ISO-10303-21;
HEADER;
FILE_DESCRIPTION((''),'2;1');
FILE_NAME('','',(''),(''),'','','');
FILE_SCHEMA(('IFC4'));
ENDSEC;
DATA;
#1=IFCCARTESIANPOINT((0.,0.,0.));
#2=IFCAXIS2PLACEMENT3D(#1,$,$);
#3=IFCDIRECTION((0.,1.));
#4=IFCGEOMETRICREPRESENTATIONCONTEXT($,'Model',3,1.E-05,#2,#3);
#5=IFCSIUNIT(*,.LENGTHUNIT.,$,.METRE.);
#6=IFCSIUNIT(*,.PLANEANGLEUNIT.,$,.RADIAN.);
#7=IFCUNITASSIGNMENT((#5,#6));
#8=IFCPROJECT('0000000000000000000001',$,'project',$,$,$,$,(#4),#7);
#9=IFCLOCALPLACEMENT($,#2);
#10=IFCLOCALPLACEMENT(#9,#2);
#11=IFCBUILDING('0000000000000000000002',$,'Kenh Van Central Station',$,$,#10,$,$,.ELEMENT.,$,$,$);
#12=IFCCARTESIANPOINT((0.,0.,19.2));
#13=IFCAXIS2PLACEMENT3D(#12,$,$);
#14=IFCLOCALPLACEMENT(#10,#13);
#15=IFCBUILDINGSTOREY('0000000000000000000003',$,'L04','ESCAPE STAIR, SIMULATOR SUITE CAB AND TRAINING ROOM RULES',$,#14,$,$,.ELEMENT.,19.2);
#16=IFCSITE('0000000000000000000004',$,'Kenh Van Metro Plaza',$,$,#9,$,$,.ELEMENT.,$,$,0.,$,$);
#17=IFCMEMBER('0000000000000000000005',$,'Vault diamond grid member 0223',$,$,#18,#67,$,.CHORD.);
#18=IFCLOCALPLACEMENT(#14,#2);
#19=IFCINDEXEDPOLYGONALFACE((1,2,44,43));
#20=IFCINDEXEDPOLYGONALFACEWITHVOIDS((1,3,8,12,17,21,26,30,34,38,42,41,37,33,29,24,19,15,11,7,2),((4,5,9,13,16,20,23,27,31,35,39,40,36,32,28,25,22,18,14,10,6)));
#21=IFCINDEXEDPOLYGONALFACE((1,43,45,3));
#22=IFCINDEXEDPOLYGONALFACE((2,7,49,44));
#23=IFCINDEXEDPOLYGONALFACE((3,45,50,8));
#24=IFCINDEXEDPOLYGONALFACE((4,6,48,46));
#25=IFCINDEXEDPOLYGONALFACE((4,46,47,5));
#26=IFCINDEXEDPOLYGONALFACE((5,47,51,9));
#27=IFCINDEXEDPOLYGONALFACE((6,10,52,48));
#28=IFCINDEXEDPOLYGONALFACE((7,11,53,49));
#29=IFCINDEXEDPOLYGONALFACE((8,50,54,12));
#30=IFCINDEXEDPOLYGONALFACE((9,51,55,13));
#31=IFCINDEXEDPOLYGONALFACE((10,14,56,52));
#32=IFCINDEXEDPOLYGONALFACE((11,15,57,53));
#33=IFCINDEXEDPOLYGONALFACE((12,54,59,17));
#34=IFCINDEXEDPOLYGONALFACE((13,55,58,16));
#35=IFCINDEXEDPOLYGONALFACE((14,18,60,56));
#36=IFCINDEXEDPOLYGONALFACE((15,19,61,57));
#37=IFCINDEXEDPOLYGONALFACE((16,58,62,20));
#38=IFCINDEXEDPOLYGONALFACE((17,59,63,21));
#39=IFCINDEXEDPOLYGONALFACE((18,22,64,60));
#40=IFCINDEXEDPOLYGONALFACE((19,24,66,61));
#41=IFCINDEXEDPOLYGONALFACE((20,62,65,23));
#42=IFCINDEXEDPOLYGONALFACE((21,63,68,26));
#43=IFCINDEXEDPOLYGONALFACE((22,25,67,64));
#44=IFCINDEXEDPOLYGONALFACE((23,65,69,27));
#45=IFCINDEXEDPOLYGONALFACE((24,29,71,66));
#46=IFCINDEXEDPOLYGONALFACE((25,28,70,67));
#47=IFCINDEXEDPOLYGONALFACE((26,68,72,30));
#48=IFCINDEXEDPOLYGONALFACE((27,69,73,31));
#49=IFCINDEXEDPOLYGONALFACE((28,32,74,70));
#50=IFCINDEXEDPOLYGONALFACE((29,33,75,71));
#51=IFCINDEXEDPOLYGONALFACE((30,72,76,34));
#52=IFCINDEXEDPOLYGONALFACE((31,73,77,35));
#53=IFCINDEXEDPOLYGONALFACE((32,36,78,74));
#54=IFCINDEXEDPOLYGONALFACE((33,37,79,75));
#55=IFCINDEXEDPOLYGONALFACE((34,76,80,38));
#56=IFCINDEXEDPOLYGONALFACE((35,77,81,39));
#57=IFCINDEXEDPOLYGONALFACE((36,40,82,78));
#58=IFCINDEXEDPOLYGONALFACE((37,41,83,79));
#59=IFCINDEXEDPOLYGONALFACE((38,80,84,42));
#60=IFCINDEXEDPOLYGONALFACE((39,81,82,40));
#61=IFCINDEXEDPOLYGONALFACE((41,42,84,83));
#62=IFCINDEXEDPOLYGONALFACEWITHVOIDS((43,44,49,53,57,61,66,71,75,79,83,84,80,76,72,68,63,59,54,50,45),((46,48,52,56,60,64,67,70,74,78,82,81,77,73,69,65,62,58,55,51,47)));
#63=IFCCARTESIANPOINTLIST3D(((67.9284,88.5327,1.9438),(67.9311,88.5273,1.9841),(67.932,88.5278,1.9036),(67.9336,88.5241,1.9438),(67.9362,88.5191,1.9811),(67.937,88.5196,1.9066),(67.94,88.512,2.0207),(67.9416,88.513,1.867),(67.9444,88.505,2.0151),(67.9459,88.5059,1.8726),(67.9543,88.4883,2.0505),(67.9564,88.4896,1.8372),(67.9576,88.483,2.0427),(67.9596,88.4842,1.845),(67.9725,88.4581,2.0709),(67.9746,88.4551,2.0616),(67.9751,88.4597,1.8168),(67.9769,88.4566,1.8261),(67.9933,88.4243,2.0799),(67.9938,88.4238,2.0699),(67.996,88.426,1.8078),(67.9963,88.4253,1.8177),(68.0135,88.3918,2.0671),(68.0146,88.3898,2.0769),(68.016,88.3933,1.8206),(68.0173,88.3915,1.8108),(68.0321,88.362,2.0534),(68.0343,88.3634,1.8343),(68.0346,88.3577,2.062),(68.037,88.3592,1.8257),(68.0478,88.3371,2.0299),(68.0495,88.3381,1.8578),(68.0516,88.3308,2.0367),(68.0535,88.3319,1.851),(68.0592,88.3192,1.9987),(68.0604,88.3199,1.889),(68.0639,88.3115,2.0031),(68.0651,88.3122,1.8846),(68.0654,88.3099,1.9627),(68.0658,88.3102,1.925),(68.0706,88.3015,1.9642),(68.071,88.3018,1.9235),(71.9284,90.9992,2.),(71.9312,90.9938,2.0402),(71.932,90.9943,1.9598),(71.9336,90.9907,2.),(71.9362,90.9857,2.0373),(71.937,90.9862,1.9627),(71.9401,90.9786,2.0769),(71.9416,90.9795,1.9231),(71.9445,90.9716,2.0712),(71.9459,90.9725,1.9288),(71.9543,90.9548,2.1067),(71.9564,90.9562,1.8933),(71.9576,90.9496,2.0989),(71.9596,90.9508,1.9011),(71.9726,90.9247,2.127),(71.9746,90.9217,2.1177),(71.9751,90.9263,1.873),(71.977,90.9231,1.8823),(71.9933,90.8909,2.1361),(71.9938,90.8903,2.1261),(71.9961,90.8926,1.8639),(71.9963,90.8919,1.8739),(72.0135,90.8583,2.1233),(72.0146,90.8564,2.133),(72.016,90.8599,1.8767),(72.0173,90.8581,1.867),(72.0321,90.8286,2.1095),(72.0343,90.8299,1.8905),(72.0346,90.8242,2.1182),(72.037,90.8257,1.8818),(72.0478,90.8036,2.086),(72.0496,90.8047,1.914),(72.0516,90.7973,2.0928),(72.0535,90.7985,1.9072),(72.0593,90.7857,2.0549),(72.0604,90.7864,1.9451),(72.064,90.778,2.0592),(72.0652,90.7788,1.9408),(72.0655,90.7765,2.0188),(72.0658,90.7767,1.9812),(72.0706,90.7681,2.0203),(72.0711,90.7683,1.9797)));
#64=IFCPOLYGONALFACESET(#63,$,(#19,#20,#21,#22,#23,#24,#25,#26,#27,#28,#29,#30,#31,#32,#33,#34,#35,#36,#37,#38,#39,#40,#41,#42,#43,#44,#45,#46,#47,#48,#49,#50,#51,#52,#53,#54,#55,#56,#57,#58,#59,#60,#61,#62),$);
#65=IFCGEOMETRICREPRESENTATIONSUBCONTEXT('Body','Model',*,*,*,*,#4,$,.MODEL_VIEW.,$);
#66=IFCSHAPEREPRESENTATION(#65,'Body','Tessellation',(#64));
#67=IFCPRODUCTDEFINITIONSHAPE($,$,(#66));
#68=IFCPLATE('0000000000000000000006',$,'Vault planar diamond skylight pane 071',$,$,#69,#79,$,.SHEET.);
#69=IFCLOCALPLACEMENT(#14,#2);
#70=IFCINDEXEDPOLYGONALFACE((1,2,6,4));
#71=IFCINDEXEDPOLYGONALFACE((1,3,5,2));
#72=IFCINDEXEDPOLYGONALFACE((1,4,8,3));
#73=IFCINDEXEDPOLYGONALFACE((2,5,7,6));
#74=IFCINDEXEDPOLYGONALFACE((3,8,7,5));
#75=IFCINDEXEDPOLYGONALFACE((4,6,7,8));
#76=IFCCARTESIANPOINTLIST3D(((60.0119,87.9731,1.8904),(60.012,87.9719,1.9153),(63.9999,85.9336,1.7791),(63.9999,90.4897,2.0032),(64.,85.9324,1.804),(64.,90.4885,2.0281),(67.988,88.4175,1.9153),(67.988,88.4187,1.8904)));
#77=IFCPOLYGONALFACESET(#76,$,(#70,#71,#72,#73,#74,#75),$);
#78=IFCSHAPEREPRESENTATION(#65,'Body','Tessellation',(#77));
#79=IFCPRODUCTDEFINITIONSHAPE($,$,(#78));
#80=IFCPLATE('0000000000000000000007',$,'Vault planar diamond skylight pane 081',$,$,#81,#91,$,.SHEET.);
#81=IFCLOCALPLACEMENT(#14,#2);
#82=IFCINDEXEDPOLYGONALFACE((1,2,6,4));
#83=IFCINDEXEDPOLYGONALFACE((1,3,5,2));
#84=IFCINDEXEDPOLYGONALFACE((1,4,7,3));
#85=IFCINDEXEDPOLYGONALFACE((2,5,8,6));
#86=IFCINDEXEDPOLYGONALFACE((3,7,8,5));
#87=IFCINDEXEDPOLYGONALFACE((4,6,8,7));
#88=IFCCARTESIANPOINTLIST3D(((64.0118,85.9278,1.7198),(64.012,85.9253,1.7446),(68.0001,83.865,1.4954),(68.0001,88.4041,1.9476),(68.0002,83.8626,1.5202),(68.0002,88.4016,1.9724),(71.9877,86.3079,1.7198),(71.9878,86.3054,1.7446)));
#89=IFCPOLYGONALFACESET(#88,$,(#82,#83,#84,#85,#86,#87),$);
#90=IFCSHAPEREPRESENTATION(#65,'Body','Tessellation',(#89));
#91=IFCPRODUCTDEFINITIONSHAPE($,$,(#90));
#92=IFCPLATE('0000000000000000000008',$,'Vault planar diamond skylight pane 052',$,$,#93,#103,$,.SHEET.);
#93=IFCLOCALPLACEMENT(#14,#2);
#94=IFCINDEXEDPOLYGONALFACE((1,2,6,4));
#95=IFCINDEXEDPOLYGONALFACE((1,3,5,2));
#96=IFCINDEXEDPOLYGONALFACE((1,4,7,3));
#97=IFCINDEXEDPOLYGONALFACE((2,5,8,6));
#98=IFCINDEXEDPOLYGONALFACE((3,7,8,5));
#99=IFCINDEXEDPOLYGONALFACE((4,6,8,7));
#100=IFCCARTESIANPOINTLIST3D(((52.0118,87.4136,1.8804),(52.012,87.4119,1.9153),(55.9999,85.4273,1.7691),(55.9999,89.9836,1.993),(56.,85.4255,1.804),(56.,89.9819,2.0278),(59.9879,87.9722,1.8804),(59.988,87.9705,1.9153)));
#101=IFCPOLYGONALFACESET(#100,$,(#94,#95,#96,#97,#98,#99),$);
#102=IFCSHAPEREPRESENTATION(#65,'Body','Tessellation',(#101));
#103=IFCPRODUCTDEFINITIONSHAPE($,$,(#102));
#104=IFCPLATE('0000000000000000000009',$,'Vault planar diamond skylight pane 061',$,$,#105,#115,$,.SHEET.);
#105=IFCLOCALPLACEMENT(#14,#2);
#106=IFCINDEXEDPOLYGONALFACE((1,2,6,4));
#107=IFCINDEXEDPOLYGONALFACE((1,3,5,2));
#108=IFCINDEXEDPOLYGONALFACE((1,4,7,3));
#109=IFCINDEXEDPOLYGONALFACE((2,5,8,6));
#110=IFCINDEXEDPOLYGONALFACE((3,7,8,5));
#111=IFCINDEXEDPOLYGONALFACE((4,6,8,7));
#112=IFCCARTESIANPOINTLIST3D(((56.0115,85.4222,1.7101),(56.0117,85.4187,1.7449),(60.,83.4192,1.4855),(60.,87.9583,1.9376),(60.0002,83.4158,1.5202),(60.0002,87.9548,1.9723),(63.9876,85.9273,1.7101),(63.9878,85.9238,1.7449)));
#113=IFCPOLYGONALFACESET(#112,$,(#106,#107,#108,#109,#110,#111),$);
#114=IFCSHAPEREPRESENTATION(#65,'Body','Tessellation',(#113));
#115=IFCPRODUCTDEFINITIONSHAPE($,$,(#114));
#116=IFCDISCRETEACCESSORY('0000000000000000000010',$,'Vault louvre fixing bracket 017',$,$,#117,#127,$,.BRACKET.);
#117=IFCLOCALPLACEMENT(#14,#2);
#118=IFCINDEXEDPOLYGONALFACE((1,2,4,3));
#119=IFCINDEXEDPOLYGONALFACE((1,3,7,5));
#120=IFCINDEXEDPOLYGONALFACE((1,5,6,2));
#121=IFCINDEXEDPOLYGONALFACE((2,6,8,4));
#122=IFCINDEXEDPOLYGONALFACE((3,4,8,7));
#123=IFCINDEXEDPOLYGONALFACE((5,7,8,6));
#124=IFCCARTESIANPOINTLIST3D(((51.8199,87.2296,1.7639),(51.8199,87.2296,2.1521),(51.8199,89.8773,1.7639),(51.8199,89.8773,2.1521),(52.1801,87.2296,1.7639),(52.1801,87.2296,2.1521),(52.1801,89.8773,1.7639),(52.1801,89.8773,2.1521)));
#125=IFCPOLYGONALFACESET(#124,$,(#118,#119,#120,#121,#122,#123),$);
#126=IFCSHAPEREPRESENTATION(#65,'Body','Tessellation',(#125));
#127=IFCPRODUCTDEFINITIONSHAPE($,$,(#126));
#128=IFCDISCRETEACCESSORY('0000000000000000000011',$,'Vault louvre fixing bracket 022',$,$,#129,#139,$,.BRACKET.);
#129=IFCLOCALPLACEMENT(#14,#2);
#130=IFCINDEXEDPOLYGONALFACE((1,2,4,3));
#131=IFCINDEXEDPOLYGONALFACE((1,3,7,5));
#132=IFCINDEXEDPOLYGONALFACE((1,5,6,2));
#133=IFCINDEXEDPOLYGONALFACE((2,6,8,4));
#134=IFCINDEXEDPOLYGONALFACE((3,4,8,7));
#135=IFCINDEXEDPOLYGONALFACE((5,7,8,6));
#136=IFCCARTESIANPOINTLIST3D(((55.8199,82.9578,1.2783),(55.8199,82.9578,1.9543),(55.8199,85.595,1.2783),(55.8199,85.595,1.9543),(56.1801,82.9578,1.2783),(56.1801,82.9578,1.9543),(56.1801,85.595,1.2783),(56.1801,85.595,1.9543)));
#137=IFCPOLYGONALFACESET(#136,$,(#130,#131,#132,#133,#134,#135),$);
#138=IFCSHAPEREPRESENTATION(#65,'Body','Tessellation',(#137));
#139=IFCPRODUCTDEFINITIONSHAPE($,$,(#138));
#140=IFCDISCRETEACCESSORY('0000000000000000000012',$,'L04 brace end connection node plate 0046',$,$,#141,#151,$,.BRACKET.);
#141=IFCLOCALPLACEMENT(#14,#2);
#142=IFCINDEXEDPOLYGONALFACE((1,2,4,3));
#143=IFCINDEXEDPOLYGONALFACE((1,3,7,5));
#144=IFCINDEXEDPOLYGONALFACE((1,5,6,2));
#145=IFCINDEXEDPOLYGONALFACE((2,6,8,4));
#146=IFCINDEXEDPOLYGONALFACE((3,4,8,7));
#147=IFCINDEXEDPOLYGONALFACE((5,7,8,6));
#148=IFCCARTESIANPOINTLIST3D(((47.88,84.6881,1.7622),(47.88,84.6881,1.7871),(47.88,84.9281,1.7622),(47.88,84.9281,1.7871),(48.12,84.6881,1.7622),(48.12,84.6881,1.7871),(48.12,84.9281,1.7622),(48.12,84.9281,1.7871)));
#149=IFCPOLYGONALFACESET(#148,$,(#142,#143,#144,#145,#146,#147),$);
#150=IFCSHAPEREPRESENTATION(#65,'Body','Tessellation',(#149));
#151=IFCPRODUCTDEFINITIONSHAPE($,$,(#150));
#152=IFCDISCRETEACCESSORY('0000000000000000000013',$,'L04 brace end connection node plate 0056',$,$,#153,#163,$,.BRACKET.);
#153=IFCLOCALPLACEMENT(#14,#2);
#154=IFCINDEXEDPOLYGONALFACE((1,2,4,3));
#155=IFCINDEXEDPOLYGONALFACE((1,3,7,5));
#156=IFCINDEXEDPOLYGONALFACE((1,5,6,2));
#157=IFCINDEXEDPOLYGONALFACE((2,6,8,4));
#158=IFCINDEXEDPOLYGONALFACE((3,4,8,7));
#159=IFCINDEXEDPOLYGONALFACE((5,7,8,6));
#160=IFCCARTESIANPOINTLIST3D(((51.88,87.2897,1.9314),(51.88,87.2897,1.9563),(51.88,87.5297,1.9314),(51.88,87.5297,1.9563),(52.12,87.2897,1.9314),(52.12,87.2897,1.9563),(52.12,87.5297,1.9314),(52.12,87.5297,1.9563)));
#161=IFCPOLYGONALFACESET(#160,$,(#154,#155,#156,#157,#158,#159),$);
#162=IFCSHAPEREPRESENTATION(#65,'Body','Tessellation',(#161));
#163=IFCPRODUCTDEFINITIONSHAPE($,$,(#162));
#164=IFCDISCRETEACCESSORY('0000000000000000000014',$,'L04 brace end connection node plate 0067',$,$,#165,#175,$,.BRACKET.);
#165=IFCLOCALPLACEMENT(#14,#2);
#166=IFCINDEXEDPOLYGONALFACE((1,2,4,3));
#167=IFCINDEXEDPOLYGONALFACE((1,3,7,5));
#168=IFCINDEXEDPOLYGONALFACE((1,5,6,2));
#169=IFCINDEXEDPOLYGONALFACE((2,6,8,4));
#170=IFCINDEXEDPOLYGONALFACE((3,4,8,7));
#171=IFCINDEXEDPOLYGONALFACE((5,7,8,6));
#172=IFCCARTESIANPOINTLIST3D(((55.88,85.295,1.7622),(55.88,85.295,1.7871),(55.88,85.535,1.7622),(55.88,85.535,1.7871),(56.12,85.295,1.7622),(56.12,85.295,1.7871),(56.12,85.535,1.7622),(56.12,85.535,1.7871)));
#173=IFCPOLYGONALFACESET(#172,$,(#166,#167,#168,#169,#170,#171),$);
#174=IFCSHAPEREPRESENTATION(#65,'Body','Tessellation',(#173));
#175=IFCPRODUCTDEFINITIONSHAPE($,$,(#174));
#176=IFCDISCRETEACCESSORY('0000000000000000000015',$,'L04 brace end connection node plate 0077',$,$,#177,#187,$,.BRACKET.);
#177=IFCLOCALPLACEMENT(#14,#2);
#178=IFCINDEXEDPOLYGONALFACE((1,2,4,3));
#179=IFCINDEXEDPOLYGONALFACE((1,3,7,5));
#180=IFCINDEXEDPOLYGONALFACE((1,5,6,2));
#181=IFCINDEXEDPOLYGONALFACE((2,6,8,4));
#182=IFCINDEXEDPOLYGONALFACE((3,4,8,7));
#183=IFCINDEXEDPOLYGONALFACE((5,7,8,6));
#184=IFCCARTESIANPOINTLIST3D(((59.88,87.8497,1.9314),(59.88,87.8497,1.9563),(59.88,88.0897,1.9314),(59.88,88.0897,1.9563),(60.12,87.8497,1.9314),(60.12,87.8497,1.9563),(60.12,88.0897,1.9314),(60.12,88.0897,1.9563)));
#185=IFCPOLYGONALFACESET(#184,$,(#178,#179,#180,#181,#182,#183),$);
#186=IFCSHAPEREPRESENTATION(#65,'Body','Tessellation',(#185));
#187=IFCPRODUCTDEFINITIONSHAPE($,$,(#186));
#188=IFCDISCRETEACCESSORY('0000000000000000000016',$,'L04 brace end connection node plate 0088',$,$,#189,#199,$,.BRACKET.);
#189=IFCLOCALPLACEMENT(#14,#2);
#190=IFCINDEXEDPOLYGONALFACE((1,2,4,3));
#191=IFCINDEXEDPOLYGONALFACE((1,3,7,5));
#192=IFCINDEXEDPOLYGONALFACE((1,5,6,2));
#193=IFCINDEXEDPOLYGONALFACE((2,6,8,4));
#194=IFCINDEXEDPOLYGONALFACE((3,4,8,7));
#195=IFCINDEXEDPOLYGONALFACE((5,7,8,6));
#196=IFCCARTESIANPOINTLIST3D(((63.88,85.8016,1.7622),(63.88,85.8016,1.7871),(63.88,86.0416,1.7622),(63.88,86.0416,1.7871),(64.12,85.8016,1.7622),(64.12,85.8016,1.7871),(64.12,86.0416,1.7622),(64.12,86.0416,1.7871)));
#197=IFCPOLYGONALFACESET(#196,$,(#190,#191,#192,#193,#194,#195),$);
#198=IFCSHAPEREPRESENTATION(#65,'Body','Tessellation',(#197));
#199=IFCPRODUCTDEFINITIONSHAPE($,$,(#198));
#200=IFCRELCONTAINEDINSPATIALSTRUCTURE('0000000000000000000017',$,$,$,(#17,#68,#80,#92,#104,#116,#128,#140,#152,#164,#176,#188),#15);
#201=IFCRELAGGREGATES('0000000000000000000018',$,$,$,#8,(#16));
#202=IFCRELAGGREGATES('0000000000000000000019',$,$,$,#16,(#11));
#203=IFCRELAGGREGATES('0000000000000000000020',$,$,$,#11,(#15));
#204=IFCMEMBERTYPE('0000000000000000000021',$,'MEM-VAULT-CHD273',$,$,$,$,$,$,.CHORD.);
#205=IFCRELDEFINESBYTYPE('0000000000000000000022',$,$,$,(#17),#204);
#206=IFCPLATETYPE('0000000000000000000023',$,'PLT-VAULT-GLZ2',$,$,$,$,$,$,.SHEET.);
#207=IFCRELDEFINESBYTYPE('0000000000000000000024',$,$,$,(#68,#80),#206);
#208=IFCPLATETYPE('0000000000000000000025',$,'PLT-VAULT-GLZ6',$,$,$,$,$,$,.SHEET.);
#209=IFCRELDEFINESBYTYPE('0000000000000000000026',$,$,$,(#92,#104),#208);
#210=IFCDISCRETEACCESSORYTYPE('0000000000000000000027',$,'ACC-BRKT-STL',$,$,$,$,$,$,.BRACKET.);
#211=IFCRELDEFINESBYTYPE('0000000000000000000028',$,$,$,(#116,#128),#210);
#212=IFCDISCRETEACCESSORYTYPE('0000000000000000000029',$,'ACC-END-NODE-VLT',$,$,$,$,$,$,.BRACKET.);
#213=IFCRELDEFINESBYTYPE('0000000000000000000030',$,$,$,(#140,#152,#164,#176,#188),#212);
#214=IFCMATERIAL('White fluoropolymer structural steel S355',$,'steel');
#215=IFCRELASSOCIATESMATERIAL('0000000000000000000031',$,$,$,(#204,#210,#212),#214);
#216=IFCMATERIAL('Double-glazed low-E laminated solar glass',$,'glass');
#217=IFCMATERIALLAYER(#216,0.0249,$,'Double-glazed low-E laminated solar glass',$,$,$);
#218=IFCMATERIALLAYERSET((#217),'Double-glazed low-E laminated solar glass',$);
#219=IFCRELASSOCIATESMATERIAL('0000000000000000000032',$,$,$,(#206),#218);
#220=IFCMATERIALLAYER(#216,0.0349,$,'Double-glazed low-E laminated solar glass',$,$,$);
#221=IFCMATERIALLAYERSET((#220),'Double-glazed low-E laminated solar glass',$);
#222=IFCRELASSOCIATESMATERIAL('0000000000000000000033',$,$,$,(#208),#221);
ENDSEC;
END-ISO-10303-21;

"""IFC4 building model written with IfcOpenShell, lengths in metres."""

from ifc_helpers import new_model, si_unit, direction, frame, origin, origin_2d, place, context, subcontext, project, spatial, polyline, rectangle, hollow_circle, outline, extrude, material, layer, layer_set, material_profile, profile_set, type_object, element, save


model = new_model("IFC4")

# Units and contexts
model_context = context("Model", 3, precision=1e-05, world=origin(), true_north=direction((0.0, 1.0)))
body_context = subcontext(model_context, "Body", "Model", "MODEL_VIEW")
ifc_project = project(units=[si_unit("LENGTHUNIT", "METRE"), si_unit("PLANEANGLEUNIT", "RADIAN")], contexts=[model_context])

# Site, building, storey
site_placement = place(None, origin())
site = spatial("IfcSite", under=ifc_project, at=site_placement, Name="Kenh Van Metro Plaza", CompositionType="ELEMENT", RefElevation=0.0)
building_placement = place(site_placement, origin())
building = spatial("IfcBuilding", under=site, at=building_placement, Name="Kenh Van Central Station", CompositionType="ELEMENT")
storey_placement = place(building_placement, frame((0.0, 0.0, 19.2)))
storey = spatial("IfcBuildingStorey", under=building, at=storey_placement, Name="L04", Description="ESCAPE STAIR, SIMULATOR SUITE CAB AND TRAINING ROOM RULES", CompositionType="ELEMENT", Elevation=19.2)

# Shared definitions
ifc_material_1 = material(Name="White fluoropolymer structural steel S355", Category="steel")

# Member
ifc_material_profile_1 = material_profile(ifc_material_1, hollow_circle(Radius=0.1365, WallThickness=0.01, at=origin_2d()), Name="CHS 273x10")
ifc_profile_set_1 = profile_set([ifc_material_profile_1], Name="White fluoropolymer structural steel S355")
member_type_1 = type_object("IfcMemberType", Name="MEM-VAULT-CHD273", PredefinedType="CHORD", material=ifc_profile_set_1)
member_1_placement = place(storey_placement, frame((68.0, 88.4165, 1.9438), z_axis=(0.851121, 0.524834, 0.011948), x_axis=(-0.524871, 0.851182, 0.0)))
element("IfcMember", 1, at=member_1_placement, inside=storey, type_object=member_type_1, Name="Vault diamond grid member 0223", PredefinedType="CHORD", context=body_context, shape_type="SweptSolid", body=[
    extrude(hollow_circle(Radius=0.1365, WallThickness=0.01, at=origin_2d()), origin(), (0.0, 0.0, 1.0), 4.6997),
])

# Plates
ifc_material_2 = material(Name="Double-glazed low-E laminated solar glass", Category="glass")
ifc_layer_1 = layer(ifc_material_2, 0.0249, Name="Double-glazed low-E laminated solar glass")
ifc_layer_set_1 = layer_set([ifc_layer_1], Name="Double-glazed low-E laminated solar glass")
plate_type_1 = type_object("IfcPlateType", Name="PLT-VAULT-GLZ2", PredefinedType="SHEET", material=ifc_layer_set_1)
plate_1_placement = place(storey_placement, frame((60.012, 87.9719, 1.9153), z_axis=(0.002745, -0.049131, 0.998789), x_axis=(0.890049, -0.455187, -0.024837)))
element("IfcPlate", 2, at=plate_1_placement, inside=storey, type_object=plate_type_1, Name="Vault planar diamond skylight pane 071", PredefinedType="SHEET", context=body_context, shape_type="SweptSolid", body=[
    extrude(outline(polyline([(0.0, 0.0), (4.4807, 0.0), (6.8963, 4.0321), (2.4012, 4.0601), (0.0, 0.0)])), origin(), (0.0, 0.0, -1.0), 0.0249),
])
plate_2_placement = place(storey_placement, frame((64.012, 85.9253, 1.7446), z_axis=(0.004724, -0.099121, 0.995064), x_axis=(0.887125, -0.458821, -0.049916)))
element("IfcPlate", 3, at=plate_2_placement, inside=storey, type_object=plate_type_1, Name="Vault planar diamond skylight pane 081", PredefinedType="SHEET", context=body_context, shape_type="SweptSolid", body=[
    extrude(outline(polyline([(0.0, 0.0), (4.4957, 0.0), (6.9012, 4.0165), (2.3905, 4.0467), (0.0, 0.0)])), origin(), (0.0, 0.0, -1.0), 0.0249),
])
ifc_layer_2 = layer(ifc_material_2, 0.0349, Name="Double-glazed low-E laminated solar glass")
ifc_layer_set_2 = layer_set([ifc_layer_2], Name="Double-glazed low-E laminated solar glass")
plate_type_2 = type_object("IfcPlateType", Name="PLT-VAULT-GLZ6", PredefinedType="SHEET", material=ifc_layer_set_2)
plate_3_placement = place(storey_placement, frame((52.012, 87.4119, 1.9153), z_axis=(0.003437, -0.049075, 0.998789), x_axis=(0.894837, -0.445693, -0.024978)))
element("IfcPlate", 4, at=plate_3_placement, inside=storey, type_object=plate_type_2, Name="Vault planar diamond skylight pane 052", PredefinedType="SHEET", context=body_context, shape_type="SweptSolid", body=[
    extrude(outline(polyline([(0.0, 0.0), (4.4567, 0.0), (6.8883, 4.0596), (2.4204, 4.0822), (0.0, 0.0)])), origin(), (0.0, 0.0, -1.0), 0.0349),
])
plate_4_placement = place(storey_placement, frame((56.0117, 85.4187, 1.7449), z_axis=(0.006277, -0.09912, 0.995056), x_axis=(0.892517, -0.448202, -0.050277)))
element("IfcPlate", 5, at=plate_4_placement, inside=storey, type_object=plate_type_2, Name="Vault planar diamond skylight pane 061", PredefinedType="SHEET", context=body_context, shape_type="SweptSolid", body=[
    extrude(outline(polyline([(0.0, 0.0), (4.4689, 0.0), (6.8924, 4.0457), (2.4117, 4.0713), (0.0, 0.0)])), origin(), (0.0, 0.0, -1.0), 0.0349),
])

# Discrete accessories
discrete_accessory_type_1 = type_object("IfcDiscreteAccessoryType", Name="ACC-BRKT-STL", PredefinedType="BRACKET", material=ifc_material_1)
discrete_accessory_1_placement = place(storey_placement, frame((52.0, 88.5535, 1.7639), z_axis=(0.0, 0.0, 1.0), x_axis=(1.0, 0.0, 0.0)))
element("IfcDiscreteAccessory", 6, at=discrete_accessory_1_placement, inside=storey, type_object=discrete_accessory_type_1, Name="Vault louvre fixing bracket 017", PredefinedType="BRACKET", context=body_context, shape_type="SweptSolid", body=[
    extrude(rectangle(XDim=0.3601, YDim=2.6477, at=origin_2d()), origin(), (0.0, 0.0, 1.0), 0.3882),
])
discrete_accessory_2_placement = place(storey_placement, frame((56.0, 84.2764, 1.2783), z_axis=(0.0, 0.0, 1.0), x_axis=(1.0, 0.0, 0.0)))
element("IfcDiscreteAccessory", 7, at=discrete_accessory_2_placement, inside=storey, type_object=discrete_accessory_type_1, Name="Vault louvre fixing bracket 022", PredefinedType="BRACKET", context=body_context, shape_type="SweptSolid", body=[
    extrude(rectangle(XDim=0.3601, YDim=2.6372, at=origin_2d()), origin(), (0.0, 0.0, 1.0), 0.676),
])
discrete_accessory_type_2 = type_object("IfcDiscreteAccessoryType", Name="ACC-END-NODE-VLT", PredefinedType="BRACKET", material=ifc_material_1)
for number, where, z_axis, x_axis, name in (
    (8, (48.0, 84.8081, 1.7622), (0.0, 0.0, 1.0), (1.0, 0.0, 0.0), "L04 brace end connection node plate 0046"),
    (9, (52.0, 87.4097, 1.9314), (0.0, 0.0, 1.0), (1.0, 0.0, 0.0), "L04 brace end connection node plate 0056"),
    (10, (56.0, 85.415, 1.7622), (0.0, 0.0, 1.0), (1.0, 0.0, 0.0), "L04 brace end connection node plate 0067"),
    (11, (60.0, 87.9697, 1.9314), (0.0, 0.0, 1.0), (1.0, 0.0, 0.0), "L04 brace end connection node plate 0077"),
    (12, (64.0, 85.9216, 1.7622), (0.0, 0.0, 1.0), (1.0, 0.0, 0.0), "L04 brace end connection node plate 0088"),
):
    element("IfcDiscreteAccessory", number, at=place(storey_placement, frame(where, z_axis=z_axis, x_axis=x_axis)), inside=storey, type_object=discrete_accessory_type_2, Name=name, PredefinedType="BRACKET", context=body_context, shape_type="SweptSolid", body=[
        extrude(rectangle(XDim=0.24, YDim=0.24, at=origin_2d()), origin(), (0.0, 0.0, 1.0), 0.0249),
    ])

save(model, "model.ifc")
